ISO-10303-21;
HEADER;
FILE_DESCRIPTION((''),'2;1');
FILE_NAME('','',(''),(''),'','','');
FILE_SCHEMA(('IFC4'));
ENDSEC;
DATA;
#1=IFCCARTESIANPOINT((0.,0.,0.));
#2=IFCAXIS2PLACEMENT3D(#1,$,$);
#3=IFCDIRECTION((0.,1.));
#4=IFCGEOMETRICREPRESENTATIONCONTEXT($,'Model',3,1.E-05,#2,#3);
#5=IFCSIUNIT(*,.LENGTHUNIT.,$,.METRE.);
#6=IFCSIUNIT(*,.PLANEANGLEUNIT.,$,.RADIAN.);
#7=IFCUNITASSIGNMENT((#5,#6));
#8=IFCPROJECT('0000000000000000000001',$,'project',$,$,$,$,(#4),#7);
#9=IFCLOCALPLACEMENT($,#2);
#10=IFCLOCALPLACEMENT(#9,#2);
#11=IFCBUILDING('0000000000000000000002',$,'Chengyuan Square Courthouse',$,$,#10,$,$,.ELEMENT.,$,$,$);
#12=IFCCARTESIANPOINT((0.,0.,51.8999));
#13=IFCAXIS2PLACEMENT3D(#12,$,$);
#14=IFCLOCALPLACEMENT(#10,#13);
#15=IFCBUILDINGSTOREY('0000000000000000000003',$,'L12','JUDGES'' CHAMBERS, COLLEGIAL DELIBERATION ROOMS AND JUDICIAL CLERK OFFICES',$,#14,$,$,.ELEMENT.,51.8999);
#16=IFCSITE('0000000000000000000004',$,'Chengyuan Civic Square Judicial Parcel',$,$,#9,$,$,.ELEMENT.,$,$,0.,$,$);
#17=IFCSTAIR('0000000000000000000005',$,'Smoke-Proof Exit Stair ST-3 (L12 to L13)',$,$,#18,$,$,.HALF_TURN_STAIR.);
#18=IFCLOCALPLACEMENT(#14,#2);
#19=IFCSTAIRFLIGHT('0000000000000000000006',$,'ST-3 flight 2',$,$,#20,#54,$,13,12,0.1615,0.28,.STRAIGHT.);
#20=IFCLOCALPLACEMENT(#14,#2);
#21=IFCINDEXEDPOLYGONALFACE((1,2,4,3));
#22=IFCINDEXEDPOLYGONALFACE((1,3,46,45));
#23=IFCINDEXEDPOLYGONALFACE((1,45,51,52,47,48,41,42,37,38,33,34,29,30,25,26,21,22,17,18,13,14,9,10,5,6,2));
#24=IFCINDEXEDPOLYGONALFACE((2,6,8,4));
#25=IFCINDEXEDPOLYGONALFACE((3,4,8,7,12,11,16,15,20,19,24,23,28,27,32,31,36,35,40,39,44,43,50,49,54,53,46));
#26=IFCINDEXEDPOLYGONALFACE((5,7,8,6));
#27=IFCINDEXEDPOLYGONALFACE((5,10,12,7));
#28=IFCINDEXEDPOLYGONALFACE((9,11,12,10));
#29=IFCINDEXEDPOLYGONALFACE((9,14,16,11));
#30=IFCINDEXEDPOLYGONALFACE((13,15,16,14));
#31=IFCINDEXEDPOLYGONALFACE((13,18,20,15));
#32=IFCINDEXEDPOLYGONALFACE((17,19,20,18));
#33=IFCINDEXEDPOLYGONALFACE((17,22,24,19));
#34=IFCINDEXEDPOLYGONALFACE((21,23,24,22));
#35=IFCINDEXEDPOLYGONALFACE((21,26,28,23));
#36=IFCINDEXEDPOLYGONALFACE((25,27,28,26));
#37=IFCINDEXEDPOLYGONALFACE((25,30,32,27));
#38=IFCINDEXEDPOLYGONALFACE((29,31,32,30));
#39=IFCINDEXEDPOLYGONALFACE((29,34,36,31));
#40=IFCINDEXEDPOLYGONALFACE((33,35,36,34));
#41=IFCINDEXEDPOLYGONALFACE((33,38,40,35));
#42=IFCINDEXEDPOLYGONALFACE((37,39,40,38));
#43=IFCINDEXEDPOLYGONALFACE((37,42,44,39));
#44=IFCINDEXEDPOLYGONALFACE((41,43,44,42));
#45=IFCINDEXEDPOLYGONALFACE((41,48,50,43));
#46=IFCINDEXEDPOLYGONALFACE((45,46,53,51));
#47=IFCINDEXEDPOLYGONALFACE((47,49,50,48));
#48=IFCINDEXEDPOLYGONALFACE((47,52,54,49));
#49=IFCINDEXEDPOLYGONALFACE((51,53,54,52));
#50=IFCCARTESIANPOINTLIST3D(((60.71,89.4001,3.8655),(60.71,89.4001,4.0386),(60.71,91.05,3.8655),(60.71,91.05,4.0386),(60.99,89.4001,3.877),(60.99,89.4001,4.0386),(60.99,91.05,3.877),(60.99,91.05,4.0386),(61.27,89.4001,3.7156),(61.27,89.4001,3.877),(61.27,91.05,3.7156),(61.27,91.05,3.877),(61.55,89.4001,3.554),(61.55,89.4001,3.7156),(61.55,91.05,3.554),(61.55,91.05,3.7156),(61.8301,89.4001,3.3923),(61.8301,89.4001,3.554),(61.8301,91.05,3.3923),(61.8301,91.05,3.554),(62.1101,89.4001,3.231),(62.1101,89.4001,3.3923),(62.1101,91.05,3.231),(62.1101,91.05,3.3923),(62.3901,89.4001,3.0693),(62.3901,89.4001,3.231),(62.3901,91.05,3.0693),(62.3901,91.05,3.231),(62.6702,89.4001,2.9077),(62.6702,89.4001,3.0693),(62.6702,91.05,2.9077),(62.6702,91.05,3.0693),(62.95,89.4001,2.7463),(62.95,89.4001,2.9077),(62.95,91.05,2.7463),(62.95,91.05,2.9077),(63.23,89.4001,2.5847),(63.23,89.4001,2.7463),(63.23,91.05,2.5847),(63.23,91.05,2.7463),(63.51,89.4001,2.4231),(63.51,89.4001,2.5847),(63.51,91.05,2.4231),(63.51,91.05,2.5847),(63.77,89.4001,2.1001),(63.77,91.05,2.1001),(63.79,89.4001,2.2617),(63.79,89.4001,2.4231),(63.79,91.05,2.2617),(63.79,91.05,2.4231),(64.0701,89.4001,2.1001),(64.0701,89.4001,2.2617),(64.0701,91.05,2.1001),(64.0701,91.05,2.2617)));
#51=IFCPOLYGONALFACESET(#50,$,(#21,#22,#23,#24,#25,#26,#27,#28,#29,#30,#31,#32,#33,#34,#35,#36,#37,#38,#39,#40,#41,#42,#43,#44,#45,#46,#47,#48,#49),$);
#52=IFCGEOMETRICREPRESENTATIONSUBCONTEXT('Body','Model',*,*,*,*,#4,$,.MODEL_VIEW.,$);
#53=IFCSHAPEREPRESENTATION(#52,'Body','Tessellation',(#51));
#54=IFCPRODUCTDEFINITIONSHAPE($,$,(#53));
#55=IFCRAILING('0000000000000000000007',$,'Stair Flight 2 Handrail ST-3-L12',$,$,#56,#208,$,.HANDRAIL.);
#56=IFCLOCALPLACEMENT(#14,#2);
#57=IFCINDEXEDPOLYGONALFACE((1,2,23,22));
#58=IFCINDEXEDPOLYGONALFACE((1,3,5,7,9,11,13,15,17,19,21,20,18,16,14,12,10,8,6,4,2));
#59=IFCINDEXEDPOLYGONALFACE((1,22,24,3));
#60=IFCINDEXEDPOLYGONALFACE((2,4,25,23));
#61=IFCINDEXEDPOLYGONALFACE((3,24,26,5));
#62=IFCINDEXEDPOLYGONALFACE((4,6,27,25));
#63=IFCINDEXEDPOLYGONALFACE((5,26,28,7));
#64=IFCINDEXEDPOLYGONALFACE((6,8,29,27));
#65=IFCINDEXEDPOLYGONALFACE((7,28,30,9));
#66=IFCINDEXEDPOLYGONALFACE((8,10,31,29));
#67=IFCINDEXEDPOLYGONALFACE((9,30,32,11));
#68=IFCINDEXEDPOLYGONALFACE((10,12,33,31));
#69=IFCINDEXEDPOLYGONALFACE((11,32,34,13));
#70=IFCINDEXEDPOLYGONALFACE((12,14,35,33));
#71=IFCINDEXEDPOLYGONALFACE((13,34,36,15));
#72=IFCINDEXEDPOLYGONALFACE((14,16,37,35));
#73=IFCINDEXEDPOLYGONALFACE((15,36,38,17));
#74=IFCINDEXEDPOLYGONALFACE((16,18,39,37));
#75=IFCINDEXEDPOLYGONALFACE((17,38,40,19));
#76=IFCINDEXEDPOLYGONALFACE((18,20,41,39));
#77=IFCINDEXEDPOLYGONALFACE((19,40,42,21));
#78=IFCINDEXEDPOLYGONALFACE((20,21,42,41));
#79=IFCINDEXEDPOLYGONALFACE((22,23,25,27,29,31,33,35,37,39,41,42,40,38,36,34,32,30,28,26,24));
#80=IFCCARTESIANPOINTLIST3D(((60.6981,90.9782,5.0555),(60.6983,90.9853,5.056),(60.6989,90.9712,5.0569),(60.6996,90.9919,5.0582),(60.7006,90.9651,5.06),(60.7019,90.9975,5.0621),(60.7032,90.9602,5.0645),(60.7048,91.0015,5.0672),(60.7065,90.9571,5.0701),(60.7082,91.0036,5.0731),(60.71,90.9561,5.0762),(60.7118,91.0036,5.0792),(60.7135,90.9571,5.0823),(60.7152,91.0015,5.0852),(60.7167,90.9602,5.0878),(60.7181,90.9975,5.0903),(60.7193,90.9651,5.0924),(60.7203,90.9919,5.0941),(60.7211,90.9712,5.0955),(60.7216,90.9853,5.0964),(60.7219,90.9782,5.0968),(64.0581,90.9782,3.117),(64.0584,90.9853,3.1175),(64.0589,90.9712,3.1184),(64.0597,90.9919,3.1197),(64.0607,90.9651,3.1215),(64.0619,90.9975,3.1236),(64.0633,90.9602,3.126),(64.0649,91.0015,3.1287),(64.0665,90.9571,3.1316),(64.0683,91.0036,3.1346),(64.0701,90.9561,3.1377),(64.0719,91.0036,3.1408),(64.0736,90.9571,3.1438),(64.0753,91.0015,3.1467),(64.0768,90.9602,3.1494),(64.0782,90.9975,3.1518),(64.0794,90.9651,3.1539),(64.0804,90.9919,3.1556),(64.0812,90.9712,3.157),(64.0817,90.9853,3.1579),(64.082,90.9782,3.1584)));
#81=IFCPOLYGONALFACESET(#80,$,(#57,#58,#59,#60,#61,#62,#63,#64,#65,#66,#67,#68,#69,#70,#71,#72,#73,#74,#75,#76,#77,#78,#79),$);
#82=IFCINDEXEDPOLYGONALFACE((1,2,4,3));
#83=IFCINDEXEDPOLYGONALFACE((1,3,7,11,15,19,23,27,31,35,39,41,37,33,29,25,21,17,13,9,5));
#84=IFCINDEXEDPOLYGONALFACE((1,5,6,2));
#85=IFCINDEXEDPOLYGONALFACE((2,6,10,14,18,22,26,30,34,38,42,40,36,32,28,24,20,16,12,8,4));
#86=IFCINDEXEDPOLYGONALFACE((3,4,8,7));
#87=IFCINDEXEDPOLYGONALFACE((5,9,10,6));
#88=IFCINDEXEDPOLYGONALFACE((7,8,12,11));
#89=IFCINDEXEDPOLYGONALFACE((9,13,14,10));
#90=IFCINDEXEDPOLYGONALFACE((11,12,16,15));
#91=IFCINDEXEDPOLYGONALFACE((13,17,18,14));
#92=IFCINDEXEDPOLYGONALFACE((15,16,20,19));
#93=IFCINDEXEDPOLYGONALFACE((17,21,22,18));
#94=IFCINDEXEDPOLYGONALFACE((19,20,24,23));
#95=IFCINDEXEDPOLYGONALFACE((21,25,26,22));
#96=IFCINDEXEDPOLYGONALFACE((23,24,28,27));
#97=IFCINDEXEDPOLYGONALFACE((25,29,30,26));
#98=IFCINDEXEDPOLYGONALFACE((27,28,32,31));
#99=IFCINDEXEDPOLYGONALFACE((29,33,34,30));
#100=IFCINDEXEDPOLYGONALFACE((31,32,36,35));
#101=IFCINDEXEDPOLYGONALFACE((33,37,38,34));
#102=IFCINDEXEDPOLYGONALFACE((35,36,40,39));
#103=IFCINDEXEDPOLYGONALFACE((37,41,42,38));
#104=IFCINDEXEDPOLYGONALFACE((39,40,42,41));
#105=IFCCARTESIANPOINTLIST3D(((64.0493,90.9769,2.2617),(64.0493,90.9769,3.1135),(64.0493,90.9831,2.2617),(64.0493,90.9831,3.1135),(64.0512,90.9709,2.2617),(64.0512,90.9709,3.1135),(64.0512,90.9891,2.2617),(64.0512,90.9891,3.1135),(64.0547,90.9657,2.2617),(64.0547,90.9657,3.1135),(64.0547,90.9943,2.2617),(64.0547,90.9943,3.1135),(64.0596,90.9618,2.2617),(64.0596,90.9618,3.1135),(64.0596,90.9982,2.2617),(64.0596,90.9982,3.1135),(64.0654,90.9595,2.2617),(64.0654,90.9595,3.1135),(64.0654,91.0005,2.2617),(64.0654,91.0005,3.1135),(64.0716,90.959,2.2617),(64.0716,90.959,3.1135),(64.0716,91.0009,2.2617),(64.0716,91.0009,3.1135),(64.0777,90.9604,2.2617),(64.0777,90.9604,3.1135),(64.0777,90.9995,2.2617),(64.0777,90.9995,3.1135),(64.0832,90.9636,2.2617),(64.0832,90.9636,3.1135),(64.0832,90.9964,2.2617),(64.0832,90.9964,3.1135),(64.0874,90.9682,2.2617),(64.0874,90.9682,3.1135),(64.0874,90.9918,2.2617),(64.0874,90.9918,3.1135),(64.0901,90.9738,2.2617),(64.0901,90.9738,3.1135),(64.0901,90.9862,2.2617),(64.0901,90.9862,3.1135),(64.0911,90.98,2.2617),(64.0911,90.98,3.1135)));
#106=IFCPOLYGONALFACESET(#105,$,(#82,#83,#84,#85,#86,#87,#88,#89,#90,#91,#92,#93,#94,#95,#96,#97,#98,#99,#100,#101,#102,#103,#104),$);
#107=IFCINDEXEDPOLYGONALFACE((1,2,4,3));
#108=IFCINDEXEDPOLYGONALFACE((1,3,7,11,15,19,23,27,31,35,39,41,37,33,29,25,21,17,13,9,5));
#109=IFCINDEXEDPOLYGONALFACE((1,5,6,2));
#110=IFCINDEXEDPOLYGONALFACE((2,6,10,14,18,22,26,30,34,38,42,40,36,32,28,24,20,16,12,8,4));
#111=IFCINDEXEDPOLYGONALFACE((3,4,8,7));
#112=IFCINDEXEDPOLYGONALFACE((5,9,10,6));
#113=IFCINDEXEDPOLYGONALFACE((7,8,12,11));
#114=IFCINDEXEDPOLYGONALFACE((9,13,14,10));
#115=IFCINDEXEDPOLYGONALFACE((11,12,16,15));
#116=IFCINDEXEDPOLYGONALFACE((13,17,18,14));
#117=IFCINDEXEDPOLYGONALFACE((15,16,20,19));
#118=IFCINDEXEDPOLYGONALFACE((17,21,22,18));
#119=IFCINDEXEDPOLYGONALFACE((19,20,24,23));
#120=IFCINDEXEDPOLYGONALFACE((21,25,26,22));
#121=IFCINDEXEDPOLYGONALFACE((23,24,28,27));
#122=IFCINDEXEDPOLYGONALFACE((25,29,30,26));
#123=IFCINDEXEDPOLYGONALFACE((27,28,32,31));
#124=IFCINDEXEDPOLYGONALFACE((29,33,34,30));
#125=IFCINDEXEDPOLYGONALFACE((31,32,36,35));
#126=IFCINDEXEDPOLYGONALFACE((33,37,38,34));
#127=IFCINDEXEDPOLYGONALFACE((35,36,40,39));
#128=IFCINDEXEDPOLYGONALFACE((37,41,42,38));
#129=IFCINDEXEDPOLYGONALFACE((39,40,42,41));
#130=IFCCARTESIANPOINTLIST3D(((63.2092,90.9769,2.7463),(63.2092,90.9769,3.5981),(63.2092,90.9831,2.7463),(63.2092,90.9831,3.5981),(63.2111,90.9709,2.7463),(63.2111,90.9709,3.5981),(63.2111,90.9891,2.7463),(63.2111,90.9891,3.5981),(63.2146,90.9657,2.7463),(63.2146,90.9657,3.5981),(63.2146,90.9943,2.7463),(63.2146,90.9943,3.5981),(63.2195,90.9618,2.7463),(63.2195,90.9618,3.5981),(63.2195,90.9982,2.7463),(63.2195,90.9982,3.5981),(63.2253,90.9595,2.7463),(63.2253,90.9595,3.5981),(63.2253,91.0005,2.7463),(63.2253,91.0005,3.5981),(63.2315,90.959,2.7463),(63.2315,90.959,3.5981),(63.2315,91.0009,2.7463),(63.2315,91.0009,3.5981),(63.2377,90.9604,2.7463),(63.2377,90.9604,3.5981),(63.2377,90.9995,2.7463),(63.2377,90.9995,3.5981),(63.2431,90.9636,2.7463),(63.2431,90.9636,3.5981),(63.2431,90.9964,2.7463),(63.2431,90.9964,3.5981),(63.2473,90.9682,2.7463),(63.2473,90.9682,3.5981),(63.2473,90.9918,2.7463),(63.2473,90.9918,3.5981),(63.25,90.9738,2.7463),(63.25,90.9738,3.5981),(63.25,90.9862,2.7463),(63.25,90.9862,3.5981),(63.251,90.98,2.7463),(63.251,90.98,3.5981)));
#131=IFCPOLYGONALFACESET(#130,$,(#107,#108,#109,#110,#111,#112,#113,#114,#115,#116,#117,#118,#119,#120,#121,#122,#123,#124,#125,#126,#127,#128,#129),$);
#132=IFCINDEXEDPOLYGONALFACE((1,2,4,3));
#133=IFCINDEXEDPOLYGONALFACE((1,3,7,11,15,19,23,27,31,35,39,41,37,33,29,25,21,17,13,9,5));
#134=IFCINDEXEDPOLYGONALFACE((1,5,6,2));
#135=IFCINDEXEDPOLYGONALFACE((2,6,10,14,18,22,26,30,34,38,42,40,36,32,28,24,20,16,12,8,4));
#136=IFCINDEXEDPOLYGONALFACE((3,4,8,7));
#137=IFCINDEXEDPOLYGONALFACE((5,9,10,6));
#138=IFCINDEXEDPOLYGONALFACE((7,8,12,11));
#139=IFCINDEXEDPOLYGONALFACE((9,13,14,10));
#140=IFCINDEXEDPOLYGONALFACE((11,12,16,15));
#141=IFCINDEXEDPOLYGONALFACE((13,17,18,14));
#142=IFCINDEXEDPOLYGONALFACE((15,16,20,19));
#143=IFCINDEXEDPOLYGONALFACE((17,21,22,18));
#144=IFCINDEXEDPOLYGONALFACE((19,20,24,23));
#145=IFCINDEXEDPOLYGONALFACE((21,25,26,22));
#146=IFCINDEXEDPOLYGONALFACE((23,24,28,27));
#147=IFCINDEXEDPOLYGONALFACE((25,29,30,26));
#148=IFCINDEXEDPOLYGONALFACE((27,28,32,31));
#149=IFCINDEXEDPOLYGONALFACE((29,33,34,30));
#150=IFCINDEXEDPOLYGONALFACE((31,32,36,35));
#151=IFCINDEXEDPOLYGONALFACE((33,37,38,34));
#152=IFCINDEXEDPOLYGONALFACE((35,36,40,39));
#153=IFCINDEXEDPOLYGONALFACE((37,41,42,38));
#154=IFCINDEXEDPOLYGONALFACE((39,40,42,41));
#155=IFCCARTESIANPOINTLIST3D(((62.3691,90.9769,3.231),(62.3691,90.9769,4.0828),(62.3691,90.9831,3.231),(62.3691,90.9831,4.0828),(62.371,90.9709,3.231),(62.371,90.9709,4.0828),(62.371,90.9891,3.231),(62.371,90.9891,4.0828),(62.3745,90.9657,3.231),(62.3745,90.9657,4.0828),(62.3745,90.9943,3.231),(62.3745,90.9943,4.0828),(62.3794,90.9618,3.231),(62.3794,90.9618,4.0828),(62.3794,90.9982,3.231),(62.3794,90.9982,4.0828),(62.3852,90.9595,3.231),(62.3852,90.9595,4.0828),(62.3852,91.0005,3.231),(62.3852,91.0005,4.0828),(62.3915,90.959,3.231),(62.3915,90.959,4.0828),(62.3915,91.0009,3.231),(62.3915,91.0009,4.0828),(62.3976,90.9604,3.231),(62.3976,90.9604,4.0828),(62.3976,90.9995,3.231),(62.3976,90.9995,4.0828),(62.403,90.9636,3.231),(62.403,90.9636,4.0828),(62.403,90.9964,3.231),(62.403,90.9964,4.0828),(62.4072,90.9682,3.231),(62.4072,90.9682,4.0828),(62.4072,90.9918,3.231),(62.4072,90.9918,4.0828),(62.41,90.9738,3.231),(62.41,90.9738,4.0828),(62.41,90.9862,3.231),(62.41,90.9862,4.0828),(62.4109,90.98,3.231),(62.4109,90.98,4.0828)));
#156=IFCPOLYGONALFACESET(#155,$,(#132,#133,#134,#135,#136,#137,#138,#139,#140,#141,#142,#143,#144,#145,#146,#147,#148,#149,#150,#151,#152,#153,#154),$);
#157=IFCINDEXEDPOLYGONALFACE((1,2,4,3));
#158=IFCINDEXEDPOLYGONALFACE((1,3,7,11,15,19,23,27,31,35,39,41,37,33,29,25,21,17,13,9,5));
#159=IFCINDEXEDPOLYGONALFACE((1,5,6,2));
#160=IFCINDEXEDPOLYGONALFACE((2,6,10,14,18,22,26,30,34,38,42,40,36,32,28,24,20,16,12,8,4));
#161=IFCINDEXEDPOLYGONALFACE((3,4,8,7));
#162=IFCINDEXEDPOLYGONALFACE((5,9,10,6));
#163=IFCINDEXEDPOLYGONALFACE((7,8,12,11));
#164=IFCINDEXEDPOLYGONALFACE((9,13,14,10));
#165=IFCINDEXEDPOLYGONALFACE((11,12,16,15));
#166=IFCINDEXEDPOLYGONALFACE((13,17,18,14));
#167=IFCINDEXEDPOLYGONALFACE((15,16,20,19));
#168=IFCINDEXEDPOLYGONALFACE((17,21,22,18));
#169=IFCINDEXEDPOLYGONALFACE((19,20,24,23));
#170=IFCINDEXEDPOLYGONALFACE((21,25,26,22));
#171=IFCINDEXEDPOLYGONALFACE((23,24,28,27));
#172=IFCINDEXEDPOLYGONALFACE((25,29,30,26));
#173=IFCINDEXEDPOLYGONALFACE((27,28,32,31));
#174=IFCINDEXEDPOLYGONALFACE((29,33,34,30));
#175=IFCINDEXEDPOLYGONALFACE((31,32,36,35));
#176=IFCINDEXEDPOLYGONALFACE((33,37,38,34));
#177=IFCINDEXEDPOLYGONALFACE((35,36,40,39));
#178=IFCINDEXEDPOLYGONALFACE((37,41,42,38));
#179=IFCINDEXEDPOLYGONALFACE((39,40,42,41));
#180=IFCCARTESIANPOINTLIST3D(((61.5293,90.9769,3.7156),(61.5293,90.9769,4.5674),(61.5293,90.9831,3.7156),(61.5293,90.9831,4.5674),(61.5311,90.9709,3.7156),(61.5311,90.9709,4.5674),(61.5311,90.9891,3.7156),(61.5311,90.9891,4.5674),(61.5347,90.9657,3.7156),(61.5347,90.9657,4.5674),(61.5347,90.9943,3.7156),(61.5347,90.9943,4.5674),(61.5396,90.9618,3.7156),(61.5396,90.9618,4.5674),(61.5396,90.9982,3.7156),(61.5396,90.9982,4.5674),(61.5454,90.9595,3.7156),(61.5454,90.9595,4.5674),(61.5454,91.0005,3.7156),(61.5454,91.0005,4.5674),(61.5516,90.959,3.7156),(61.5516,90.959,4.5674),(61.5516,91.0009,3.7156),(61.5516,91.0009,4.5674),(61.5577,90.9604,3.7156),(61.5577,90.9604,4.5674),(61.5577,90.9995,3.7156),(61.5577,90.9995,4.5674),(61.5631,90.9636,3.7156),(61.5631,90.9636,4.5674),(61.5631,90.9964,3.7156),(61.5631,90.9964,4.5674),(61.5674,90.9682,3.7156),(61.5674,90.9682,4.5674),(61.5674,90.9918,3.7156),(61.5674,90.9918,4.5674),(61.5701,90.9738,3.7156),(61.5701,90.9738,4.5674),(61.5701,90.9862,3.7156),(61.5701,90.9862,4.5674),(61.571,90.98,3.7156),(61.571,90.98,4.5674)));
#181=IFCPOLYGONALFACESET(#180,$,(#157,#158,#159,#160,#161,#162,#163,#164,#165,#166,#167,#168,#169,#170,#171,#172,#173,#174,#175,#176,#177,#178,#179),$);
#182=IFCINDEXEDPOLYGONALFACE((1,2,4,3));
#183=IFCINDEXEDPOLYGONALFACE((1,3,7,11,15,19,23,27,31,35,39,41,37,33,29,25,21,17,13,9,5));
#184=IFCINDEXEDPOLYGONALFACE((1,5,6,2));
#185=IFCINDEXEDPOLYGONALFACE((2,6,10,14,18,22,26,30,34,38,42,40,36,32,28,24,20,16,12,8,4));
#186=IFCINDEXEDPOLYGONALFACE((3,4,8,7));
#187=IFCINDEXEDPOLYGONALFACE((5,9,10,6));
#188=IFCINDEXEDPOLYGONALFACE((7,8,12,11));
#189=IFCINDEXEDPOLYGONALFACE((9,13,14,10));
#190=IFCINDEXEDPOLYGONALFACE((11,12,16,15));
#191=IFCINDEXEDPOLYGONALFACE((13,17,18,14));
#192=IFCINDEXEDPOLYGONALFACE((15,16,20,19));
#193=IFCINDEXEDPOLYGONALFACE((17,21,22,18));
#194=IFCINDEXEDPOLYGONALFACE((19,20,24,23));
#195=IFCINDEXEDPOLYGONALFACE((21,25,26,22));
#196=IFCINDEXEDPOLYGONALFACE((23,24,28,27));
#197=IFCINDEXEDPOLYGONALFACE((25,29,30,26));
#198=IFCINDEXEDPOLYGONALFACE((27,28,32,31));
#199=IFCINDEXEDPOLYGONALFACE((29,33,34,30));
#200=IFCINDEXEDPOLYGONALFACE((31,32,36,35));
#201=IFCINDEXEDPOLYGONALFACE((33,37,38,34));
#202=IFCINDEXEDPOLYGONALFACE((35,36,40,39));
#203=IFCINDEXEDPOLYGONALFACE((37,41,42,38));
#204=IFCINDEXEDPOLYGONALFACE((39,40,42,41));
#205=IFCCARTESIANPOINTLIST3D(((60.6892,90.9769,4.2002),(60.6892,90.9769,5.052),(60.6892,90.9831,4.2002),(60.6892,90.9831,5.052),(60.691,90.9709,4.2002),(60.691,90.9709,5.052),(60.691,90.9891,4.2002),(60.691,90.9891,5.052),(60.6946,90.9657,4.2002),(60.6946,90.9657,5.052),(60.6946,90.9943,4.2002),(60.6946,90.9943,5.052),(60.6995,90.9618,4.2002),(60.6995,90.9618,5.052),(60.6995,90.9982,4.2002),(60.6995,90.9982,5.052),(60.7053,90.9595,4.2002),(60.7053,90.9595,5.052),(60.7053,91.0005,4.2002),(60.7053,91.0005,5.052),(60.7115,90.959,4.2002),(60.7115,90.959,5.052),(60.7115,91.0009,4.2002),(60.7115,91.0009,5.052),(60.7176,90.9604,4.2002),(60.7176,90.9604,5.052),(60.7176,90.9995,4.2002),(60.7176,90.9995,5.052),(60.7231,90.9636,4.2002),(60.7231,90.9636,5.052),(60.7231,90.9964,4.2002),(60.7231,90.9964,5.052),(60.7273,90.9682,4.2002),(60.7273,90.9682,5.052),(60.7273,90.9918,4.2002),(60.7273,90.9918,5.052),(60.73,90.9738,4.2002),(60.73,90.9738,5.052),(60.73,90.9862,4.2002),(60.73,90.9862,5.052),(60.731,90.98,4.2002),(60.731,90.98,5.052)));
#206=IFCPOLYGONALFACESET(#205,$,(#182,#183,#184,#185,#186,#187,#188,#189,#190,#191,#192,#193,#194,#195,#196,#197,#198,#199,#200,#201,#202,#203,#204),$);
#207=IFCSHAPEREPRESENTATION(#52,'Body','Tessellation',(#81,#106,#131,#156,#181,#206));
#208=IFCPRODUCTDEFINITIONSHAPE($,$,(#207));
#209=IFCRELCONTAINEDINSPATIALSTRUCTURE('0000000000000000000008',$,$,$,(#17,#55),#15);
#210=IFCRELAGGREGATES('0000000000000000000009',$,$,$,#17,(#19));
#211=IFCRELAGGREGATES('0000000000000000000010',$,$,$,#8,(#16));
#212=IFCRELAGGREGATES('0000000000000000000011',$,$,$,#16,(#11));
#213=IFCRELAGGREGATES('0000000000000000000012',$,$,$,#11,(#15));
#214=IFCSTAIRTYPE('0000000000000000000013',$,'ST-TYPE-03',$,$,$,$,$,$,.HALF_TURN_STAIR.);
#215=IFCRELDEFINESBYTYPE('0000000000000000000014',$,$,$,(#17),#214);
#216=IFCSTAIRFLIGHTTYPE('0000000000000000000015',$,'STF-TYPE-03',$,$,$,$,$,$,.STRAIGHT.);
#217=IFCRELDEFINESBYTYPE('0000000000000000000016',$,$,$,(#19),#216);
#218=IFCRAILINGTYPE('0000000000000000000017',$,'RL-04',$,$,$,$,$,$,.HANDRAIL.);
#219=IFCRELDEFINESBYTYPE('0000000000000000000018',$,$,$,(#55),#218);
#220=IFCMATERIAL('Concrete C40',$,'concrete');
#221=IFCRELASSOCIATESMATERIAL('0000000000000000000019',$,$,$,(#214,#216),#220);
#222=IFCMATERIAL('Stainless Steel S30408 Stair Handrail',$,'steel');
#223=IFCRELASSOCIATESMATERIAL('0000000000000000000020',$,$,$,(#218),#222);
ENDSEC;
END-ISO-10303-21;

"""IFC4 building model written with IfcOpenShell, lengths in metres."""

from ifc_helpers import new_model, si_unit, direction, frame, origin, origin_2d, place, context, subcontext, project, spatial, polyline, circle, outline, extrude, material, type_object, element, aggregate, save


model = new_model("IFC4")

# Units and contexts
model_context = context("Model", 3, precision=1e-05, world=origin(), true_north=direction((0.0, 1.0)))
body_context = subcontext(model_context, "Body", "Model", "MODEL_VIEW")
ifc_project = project(units=[si_unit("LENGTHUNIT", "METRE"), si_unit("PLANEANGLEUNIT", "RADIAN")], contexts=[model_context])

# Site, building, storey
site_placement = place(None, origin())
site = spatial("IfcSite", under=ifc_project, at=site_placement, Name="Chengyuan Civic Square Judicial Parcel", CompositionType="ELEMENT", RefElevation=0.0)
building_placement = place(site_placement, origin())
building = spatial("IfcBuilding", under=site, at=building_placement, Name="Chengyuan Square Courthouse", CompositionType="ELEMENT")
storey_placement = place(building_placement, frame((0.0, 0.0, 51.8999)))
storey = spatial("IfcBuildingStorey", under=building, at=storey_placement, Name="L12", Description="JUDGES' CHAMBERS, COLLEGIAL DELIBERATION ROOMS AND JUDICIAL CLERK OFFICES", CompositionType="ELEMENT", Elevation=51.8999)

# Shared definitions
ifc_material_1 = material(Name="Concrete C40", Category="concrete")

# Stair, stair flight
stair_type = type_object("IfcStairType", Name="ST-TYPE-03", PredefinedType="HALF_TURN_STAIR", material=ifc_material_1)
stair_placement = place(storey_placement, origin())
stair = element("IfcStair", 1, at=stair_placement, inside=storey, type_object=stair_type, Name="Smoke-Proof Exit Stair ST-3 (L12 to L13)", PredefinedType="HALF_TURN_STAIR")
stair_flight_type = type_object("IfcStairFlightType", Name="STF-TYPE-03", PredefinedType="STRAIGHT", material=ifc_material_1)
stair_flight_placement = place(storey_placement, frame((64.0701, 90.2251, 2.1001), z_axis=(0.0, 0.0, 1.0), x_axis=(-1.0, 0.0, 0.0)))
stair_flight = element("IfcStairFlight", 2, at=stair_flight_placement, type_object=stair_flight_type, Name="ST-3 flight 2", NumberOfRisers=13, NumberOfTreads=12, PredefinedType="STRAIGHT", RiserHeight=0.1615, TreadLength=0.28, context=body_context, shape_type="SweptSolid", body=[
    extrude(outline(polyline([(0.0, 0.0), (0.0, 0.1616), (0.28, 0.1616), (0.28, 0.323), (0.5601, 0.323), (0.5601, 0.4846), (0.8401, 0.4846), (0.8401, 0.6462), (1.1201, 0.6462), (1.1201, 0.8076), (1.3999, 0.8076), (1.3999, 0.9692), (1.6799, 0.9692), (1.6799, 1.1309), (1.96, 1.1309), (1.96, 1.2922), (2.24, 1.2922), (2.24, 1.4539), (2.52, 1.4539), (2.52, 1.6155), (2.8, 1.6155), (2.8, 1.7769), (3.0801, 1.7769), (3.0801, 1.9385), (3.3601, 1.9385), (3.3601, 2.1001), (3.3601, 1.7654), (0.3, 0.0), (0.0, 0.0)])), frame((0.0, 0.825, 0.0), z_axis=(0.0, -1.0, 0.0), x_axis=(1.0, 0.0, 0.0)), (0.0, 0.0, 1.0), 1.6499),
])
aggregate(stair, [stair_flight])

# Railing
ifc_material_2 = material(Name="Stainless Steel S30408 Stair Handrail", Category="steel")
railing_type = type_object("IfcRailingType", Name="RL-04", PredefinedType="HANDRAIL", material=ifc_material_2)
railing_placement = place(storey_placement, frame((64.0701, 90.98, 2.2617)))
element("IfcRailing", 3, at=railing_placement, inside=storey, type_object=railing_type, Name="Stair Flight 2 Handrail ST-3-L12", PredefinedType="HANDRAIL", context=body_context, shape_type="SweptSolid", body=[
    extrude(circle(Radius=0.0239, at=origin_2d()), frame((0.0, 0.0, 0.876), z_axis=(-0.866191, 0.0, 0.499713), x_axis=(0.0, -1.0, 0.0)), (0.0, 0.0, 1.0), 3.8792),
    extrude(circle(Radius=0.021, at=origin_2d()), origin(), (0.0, 0.0, 1.0), 0.8518),
    extrude(circle(Radius=0.021, at=origin_2d()), frame((-0.8401, 0.0, 0.4846)), (0.0, 0.0, 1.0), 0.8518),
    extrude(circle(Radius=0.021, at=origin_2d()), frame((-1.6802, 0.0, 0.9692)), (0.0, 0.0, 1.0), 0.8518),
    extrude(circle(Radius=0.021, at=origin_2d()), frame((-2.52, 0.0, 1.4539)), (0.0, 0.0, 1.0), 0.8518),
    extrude(circle(Radius=0.021, at=origin_2d()), frame((-3.3601, 0.0, 1.9385)), (0.0, 0.0, 1.0), 0.8518),
])

save(model, "model.ifc")
